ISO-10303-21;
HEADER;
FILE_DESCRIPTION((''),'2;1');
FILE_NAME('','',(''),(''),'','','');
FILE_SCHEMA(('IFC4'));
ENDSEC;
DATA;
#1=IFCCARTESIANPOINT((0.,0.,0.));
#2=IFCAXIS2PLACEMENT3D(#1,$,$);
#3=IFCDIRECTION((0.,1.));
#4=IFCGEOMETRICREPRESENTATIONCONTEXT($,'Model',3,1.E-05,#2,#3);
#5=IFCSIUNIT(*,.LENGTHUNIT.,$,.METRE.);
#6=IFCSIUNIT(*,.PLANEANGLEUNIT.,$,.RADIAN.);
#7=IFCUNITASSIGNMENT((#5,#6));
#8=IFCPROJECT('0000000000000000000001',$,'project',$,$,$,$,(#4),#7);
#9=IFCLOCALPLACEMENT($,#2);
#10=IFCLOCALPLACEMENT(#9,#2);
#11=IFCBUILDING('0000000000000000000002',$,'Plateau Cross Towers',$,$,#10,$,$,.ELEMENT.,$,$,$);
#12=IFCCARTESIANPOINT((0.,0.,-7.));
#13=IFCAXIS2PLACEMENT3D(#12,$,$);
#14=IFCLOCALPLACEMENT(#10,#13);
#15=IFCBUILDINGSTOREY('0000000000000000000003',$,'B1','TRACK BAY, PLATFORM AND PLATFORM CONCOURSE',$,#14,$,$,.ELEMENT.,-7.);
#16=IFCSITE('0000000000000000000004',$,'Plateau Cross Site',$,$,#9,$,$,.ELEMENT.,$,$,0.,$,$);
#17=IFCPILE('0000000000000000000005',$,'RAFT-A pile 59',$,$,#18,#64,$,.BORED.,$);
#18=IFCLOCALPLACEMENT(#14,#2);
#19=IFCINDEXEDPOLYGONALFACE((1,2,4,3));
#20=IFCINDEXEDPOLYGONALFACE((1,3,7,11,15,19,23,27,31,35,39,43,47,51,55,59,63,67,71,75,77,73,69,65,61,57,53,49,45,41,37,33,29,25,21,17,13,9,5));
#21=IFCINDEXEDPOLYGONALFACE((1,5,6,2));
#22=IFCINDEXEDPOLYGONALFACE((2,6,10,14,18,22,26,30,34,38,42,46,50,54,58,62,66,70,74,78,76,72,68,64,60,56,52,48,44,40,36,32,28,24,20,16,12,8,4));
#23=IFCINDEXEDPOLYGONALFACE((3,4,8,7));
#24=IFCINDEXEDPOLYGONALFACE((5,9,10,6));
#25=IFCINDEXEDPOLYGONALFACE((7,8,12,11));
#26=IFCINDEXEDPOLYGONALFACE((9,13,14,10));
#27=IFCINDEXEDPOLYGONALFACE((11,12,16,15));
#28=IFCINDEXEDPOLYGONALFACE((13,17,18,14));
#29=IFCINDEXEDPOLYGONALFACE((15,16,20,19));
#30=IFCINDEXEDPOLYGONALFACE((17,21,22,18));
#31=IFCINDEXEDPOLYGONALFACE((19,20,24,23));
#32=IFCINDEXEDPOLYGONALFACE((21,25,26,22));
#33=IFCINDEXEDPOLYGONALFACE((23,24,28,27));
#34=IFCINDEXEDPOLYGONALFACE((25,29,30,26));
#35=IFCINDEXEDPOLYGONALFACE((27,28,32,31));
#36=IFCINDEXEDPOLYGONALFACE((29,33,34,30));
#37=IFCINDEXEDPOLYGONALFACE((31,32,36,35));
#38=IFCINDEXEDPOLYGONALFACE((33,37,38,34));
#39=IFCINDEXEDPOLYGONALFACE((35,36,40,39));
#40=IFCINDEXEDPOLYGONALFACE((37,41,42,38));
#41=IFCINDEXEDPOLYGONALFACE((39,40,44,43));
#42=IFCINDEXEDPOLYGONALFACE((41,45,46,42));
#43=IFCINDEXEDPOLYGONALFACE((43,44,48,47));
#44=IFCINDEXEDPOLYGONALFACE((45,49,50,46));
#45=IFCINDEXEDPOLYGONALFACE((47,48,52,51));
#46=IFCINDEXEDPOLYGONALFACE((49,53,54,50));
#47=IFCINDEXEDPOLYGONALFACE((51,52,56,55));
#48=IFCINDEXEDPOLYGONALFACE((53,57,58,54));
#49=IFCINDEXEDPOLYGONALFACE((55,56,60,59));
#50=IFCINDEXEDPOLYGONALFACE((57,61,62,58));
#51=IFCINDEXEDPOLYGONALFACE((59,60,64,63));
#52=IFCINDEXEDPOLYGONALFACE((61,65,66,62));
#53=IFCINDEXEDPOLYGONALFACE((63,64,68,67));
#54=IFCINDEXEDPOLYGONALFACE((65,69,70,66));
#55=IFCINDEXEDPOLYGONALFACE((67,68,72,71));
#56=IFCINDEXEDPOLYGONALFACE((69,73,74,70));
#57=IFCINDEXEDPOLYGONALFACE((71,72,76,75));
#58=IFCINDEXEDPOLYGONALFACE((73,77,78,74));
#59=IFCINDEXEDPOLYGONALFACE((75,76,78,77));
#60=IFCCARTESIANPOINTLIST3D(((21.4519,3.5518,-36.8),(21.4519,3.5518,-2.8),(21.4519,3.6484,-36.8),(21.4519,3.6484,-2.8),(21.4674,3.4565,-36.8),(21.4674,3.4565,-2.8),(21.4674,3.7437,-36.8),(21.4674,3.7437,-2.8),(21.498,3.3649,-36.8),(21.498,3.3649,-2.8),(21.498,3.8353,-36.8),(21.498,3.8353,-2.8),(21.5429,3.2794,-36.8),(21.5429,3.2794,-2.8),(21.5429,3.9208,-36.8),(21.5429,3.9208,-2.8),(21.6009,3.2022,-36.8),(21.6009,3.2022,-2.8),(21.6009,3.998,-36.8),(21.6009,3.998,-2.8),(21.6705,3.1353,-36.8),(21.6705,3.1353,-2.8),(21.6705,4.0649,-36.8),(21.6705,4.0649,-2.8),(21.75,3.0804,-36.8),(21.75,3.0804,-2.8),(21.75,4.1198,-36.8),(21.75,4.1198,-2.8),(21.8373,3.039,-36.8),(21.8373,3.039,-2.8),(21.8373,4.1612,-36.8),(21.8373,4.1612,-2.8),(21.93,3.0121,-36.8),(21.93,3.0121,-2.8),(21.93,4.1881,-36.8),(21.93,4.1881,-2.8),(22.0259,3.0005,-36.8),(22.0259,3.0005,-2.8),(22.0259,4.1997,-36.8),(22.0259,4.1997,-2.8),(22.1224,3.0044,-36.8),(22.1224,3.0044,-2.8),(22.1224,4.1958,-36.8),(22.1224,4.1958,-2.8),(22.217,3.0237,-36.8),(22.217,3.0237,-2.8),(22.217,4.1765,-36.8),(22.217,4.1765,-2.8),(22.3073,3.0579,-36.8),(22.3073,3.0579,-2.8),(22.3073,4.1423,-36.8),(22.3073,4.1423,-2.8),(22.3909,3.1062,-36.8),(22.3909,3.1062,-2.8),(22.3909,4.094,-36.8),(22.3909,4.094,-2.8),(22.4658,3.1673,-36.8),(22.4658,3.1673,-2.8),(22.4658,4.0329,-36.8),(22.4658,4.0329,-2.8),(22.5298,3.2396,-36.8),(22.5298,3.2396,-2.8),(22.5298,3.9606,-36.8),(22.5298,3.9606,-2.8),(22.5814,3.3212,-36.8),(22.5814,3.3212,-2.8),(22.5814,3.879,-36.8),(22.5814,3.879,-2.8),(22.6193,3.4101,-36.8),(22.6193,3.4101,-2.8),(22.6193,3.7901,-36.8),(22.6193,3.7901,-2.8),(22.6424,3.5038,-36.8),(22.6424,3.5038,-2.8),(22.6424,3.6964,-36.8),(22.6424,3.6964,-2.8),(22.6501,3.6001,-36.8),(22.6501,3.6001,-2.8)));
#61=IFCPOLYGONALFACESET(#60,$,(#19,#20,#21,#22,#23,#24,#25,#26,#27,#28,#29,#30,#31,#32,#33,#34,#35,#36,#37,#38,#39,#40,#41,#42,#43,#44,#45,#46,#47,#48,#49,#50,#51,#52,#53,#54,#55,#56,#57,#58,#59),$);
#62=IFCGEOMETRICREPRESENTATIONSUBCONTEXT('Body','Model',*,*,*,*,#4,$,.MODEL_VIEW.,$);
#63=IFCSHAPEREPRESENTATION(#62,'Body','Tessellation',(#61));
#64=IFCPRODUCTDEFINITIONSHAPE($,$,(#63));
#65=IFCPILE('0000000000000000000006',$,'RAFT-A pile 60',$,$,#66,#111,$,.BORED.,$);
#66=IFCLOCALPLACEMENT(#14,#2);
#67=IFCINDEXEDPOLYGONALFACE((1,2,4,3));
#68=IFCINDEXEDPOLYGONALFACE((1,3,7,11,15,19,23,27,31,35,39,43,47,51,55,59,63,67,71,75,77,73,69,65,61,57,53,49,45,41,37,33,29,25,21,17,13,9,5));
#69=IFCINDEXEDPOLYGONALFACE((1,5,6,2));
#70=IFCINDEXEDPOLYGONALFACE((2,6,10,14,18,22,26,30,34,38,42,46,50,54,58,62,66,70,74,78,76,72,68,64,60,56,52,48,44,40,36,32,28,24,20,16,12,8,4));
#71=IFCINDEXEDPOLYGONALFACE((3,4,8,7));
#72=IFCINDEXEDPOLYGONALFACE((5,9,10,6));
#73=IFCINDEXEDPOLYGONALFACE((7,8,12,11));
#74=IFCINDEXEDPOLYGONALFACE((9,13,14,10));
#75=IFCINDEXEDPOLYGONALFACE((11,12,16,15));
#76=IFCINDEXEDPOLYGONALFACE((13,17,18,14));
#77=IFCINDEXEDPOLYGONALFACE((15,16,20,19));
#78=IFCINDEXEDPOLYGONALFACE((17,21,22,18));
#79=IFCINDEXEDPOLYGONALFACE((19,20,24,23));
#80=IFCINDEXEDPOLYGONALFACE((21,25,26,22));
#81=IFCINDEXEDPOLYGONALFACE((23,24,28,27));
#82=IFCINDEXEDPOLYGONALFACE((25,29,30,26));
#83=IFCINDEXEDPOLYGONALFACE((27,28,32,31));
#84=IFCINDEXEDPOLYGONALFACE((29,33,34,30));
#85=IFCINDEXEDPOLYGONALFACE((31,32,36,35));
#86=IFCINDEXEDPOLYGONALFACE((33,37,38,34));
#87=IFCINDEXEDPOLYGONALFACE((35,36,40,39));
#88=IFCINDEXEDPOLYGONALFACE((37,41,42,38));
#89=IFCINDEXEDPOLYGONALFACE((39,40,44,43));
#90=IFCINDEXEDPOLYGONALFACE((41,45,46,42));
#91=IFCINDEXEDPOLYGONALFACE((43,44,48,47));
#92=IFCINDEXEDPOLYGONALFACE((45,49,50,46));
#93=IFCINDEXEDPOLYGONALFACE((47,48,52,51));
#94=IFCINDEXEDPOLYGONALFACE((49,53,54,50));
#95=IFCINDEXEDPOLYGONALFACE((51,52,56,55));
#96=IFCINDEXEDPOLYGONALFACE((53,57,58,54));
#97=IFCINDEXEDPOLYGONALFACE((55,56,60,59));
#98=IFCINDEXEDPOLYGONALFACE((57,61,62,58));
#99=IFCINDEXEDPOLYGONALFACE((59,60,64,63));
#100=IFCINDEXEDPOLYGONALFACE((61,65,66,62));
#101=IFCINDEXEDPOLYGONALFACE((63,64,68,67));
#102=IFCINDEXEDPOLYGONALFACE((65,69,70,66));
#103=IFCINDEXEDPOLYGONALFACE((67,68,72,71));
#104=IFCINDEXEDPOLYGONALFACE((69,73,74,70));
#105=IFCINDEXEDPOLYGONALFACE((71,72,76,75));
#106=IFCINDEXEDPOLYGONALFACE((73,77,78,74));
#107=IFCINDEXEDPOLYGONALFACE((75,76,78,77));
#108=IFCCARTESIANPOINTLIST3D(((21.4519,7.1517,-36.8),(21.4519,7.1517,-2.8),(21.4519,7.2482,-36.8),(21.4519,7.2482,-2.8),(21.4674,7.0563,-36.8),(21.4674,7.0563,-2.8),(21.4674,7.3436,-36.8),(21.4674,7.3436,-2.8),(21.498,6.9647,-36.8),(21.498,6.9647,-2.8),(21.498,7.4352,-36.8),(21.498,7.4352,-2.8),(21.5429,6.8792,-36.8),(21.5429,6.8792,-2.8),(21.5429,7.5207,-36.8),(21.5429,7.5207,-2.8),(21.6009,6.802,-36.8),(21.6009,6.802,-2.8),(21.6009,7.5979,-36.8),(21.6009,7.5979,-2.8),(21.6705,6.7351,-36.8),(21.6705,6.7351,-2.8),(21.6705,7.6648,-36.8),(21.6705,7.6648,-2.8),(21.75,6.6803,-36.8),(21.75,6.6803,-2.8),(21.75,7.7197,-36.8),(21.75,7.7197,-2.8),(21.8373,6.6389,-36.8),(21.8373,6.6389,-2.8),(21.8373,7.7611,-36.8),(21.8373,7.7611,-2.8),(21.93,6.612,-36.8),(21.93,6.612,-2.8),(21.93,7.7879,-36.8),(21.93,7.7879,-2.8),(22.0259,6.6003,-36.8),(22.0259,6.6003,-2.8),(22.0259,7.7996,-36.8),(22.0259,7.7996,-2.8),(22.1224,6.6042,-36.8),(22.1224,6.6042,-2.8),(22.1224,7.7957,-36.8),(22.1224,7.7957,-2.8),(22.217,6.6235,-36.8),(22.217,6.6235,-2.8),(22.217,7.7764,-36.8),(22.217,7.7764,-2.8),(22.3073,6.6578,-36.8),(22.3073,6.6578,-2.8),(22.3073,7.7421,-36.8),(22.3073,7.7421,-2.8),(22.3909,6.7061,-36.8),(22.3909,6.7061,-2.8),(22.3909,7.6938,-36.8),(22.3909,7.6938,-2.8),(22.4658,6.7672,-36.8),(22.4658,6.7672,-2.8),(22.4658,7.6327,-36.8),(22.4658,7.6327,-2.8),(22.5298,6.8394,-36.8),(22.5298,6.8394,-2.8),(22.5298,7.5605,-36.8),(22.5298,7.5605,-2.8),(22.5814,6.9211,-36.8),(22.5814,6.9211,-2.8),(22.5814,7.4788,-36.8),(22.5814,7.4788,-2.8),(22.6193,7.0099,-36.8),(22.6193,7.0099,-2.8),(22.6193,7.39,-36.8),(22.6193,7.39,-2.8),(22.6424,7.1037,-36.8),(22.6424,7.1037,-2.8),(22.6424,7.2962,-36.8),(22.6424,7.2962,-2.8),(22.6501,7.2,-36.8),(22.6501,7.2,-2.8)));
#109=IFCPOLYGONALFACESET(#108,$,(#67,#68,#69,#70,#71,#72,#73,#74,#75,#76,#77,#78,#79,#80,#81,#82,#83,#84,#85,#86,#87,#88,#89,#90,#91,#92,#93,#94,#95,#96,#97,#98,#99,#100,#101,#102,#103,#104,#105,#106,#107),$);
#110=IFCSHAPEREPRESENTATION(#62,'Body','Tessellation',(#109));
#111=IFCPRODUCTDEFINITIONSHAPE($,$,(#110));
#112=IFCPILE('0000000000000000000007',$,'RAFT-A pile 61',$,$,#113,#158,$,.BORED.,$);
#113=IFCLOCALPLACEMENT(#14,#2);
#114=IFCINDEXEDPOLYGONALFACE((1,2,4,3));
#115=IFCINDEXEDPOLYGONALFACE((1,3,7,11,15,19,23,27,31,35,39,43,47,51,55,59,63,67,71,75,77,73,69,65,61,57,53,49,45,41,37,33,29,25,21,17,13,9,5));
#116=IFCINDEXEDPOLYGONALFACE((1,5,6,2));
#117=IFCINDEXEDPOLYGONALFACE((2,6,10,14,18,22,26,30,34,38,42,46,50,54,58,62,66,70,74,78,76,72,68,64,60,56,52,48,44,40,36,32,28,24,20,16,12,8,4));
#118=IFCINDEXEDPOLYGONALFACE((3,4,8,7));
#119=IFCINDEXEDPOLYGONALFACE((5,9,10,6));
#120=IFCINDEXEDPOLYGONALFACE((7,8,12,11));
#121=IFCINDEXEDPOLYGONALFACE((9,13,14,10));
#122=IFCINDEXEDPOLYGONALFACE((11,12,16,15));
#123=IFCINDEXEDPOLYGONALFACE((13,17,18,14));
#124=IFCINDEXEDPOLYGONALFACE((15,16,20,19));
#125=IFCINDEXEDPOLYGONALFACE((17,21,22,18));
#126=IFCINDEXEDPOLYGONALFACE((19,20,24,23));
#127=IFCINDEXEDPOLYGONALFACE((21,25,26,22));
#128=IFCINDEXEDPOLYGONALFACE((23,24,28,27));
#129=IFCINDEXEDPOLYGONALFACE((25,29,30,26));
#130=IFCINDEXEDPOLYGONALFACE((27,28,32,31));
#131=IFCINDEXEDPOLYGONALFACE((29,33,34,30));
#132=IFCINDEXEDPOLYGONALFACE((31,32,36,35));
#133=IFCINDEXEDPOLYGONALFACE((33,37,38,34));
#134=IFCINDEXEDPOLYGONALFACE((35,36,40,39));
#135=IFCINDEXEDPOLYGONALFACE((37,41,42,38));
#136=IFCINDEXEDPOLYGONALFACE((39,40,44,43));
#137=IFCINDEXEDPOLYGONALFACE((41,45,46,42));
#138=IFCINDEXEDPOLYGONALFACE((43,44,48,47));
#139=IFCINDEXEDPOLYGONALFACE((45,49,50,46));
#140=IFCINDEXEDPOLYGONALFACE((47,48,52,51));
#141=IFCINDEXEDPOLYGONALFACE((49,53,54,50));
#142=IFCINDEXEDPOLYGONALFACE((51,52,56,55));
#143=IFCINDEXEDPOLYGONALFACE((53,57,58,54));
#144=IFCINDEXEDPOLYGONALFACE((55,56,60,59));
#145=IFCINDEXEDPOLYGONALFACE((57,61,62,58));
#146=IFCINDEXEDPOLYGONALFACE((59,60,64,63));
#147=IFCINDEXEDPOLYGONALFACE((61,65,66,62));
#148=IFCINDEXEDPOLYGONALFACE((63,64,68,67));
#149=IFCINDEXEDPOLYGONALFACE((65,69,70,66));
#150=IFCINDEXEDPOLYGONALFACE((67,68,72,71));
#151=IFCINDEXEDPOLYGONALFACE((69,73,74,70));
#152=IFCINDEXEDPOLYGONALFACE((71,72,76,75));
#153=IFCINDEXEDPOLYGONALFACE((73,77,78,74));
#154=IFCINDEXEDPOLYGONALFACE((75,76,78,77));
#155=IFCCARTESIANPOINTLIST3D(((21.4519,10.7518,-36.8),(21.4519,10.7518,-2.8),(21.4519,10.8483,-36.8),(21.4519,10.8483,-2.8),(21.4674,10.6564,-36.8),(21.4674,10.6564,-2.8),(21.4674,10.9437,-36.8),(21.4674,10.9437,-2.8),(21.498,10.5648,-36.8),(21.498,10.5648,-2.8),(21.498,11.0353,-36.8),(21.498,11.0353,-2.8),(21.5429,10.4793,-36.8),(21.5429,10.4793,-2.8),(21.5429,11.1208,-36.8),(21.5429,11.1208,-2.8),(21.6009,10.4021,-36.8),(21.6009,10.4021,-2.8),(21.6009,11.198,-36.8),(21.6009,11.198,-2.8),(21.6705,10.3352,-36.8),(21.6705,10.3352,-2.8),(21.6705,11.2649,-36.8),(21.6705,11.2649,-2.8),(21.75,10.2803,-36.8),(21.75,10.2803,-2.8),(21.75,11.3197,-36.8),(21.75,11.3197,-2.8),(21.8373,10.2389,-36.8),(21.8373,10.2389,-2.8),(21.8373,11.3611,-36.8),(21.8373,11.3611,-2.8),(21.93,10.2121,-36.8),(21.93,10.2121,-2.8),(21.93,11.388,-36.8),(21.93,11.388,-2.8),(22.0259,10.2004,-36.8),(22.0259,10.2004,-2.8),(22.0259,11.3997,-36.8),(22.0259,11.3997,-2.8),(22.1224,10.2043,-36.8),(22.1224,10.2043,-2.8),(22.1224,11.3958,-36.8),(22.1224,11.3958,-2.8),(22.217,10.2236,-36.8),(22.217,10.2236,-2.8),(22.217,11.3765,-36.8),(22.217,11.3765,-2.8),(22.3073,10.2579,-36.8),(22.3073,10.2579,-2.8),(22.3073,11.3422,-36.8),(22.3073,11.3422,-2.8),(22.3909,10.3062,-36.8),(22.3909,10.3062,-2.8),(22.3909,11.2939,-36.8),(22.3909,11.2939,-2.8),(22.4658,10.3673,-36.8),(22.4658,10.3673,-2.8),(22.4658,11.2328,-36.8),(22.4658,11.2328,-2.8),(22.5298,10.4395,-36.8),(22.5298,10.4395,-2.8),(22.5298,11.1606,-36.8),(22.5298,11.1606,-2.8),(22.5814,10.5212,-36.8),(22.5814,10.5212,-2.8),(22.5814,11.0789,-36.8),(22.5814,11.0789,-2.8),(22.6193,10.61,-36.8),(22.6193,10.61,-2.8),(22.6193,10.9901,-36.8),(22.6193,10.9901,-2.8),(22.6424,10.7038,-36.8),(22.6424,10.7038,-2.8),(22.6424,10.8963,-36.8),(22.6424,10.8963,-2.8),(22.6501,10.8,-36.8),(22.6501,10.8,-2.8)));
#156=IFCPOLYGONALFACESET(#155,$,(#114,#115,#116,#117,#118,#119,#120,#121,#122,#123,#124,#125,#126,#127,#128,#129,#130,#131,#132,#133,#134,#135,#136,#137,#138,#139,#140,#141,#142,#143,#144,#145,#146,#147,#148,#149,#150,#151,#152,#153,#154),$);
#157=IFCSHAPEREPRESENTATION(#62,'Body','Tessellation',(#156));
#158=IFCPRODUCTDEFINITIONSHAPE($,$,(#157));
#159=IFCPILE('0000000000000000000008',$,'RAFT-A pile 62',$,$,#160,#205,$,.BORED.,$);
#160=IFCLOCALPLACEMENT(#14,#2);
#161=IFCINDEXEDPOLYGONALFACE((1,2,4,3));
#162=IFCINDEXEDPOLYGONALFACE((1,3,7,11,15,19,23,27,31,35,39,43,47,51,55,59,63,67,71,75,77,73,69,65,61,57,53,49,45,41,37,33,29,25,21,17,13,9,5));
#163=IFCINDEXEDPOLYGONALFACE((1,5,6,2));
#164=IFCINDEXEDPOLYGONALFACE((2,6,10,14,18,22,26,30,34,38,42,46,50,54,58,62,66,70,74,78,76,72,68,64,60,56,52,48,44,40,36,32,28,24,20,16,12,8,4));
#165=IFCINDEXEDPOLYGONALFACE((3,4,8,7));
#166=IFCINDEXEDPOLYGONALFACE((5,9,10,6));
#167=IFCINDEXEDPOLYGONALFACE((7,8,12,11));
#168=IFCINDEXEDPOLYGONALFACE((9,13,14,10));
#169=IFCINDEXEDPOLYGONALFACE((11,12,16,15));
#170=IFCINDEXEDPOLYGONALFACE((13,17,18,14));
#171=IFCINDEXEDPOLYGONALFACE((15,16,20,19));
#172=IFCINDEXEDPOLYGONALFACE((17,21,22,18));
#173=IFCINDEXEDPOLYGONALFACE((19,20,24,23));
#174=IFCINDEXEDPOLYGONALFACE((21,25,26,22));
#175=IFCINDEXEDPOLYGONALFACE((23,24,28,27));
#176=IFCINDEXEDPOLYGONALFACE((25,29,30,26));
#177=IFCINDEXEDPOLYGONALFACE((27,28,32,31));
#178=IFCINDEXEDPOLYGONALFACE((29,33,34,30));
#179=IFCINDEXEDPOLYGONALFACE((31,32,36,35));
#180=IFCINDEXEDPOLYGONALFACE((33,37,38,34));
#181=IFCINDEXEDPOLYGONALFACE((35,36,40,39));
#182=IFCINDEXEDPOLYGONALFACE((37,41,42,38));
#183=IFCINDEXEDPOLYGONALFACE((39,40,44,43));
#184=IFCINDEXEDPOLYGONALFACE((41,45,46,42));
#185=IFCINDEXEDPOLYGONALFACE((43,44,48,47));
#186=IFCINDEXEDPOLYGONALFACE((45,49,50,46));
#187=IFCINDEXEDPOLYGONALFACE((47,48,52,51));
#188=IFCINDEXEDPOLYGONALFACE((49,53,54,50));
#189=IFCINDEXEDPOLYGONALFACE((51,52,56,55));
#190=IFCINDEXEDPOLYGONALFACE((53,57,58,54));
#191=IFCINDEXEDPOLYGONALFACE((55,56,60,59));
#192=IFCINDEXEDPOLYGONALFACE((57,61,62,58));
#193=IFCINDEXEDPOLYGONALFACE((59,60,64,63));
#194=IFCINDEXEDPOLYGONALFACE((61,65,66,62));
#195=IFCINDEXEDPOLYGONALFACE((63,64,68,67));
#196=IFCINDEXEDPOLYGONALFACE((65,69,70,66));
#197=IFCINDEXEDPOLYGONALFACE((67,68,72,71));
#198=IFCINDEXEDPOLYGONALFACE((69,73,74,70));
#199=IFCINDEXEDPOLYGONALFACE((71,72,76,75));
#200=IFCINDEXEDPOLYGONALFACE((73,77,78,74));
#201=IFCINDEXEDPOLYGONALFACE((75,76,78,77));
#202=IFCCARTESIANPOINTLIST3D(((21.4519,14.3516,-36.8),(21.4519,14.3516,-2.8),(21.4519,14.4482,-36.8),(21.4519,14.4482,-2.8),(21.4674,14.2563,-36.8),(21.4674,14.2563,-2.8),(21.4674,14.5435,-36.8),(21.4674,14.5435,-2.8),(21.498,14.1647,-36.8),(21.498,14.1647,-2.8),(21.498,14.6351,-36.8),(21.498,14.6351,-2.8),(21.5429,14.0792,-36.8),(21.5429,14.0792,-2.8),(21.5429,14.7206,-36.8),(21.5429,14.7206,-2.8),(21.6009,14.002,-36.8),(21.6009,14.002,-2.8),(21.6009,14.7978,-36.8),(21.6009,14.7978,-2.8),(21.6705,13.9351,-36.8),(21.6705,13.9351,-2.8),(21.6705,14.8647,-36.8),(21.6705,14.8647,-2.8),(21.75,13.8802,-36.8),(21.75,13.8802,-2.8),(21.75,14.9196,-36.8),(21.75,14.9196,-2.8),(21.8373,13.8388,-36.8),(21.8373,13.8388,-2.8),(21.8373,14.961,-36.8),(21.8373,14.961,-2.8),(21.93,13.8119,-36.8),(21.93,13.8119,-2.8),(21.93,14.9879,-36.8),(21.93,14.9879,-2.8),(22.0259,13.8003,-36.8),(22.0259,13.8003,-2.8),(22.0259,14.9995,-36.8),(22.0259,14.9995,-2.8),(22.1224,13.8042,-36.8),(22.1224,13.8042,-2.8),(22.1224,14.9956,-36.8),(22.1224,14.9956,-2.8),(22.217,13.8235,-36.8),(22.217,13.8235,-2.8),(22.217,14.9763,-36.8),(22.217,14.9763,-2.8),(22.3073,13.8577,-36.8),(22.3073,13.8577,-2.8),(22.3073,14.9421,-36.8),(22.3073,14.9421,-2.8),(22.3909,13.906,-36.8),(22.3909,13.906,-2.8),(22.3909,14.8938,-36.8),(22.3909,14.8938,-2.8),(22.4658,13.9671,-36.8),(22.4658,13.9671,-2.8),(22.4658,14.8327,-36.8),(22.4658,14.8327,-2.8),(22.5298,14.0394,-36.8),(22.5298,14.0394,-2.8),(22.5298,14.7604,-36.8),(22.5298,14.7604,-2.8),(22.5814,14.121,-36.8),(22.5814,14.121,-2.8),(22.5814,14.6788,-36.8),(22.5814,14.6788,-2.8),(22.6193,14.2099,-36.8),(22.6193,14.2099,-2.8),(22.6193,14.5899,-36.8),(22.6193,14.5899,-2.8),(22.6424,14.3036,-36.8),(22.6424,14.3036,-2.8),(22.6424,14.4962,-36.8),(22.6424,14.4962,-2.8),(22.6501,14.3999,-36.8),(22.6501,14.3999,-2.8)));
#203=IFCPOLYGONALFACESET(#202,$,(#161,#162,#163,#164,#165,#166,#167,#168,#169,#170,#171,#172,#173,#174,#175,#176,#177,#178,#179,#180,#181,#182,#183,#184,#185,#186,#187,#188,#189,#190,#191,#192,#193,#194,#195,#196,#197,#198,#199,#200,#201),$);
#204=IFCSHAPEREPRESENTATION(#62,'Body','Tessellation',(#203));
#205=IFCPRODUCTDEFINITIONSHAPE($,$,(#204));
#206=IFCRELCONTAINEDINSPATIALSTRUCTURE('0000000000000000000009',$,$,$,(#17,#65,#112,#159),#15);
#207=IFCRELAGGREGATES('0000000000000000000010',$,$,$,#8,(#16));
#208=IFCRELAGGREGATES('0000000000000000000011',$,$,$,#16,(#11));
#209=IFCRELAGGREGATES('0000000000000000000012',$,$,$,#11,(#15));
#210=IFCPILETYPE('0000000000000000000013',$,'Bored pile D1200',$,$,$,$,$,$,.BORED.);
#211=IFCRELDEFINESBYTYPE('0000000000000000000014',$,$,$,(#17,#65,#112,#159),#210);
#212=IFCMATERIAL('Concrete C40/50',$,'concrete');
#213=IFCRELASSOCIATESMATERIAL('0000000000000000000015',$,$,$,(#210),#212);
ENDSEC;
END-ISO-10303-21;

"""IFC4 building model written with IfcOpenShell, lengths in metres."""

from ifc_helpers import new_model, si_unit, direction, frame, origin, origin_2d, place, context, subcontext, project, spatial, circle, extrude, material, material_profile, profile_set, type_object, element, save


model = new_model("IFC4")

# Units and contexts
model_context = context("Model", 3, precision=1e-05, world=origin(), true_north=direction((0.0, 1.0)))
body_context = subcontext(model_context, "Body", "Model", "MODEL_VIEW")
ifc_project = project(units=[si_unit("LENGTHUNIT", "METRE"), si_unit("PLANEANGLEUNIT", "RADIAN")], contexts=[model_context])

# Site, building, storey
site_placement = place(None, origin())
site = spatial("IfcSite", under=ifc_project, at=site_placement, Name="Plateau Cross Site", CompositionType="ELEMENT", RefElevation=0.0)
building_placement = place(site_placement, origin())
building = spatial("IfcBuilding", under=site, at=building_placement, Name="Plateau Cross Towers", CompositionType="ELEMENT")
storey_placement = place(building_placement, frame((0.0, 0.0, -7.0)))
storey = spatial("IfcBuildingStorey", under=building, at=storey_placement, Name="B1", Description="TRACK BAY, PLATFORM AND PLATFORM CONCOURSE", CompositionType="ELEMENT", Elevation=-7.0)

# Piles
ifc_material_1 = material(Name="Concrete C40/50", Category="concrete")
ifc_material_profile_1 = material_profile(ifc_material_1, circle(Radius=0.6001, at=origin_2d()), Name="Bored pile D1200")
ifc_profile_set_1 = profile_set([ifc_material_profile_1], Name="Concrete C40/50")
pile_type = type_object("IfcPileType", Name="Bored pile D1200", PredefinedType="BORED", material=ifc_profile_set_1)
for number, where, z_axis, x_axis, name in (
    (1, (22.05, 3.6001, -2.8), (0.0, 0.0, -1.0), (1.0, 0.0, 0.0), "RAFT-A pile 59"),
    (2, (22.05, 7.2, -2.8), (0.0, 0.0, -1.0), (1.0, 0.0, 0.0), "RAFT-A pile 60"),
    (3, (22.05, 10.8, -2.8), (0.0, 0.0, -1.0), (1.0, 0.0, 0.0), "RAFT-A pile 61"),
    (4, (22.05, 14.3999, -2.8), (0.0, 0.0, -1.0), (1.0, 0.0, 0.0), "RAFT-A pile 62"),
):
    element("IfcPile", number, at=place(storey_placement, frame(where, z_axis=z_axis, x_axis=x_axis)), inside=storey, type_object=pile_type, Name=name, PredefinedType="BORED", context=body_context, shape_type="SweptSolid", body=[
        extrude(circle(Radius=0.6001, at=origin_2d()), origin(), (0.0, 0.0, 1.0), 34.0),
    ])

save(model, "model.ifc")
